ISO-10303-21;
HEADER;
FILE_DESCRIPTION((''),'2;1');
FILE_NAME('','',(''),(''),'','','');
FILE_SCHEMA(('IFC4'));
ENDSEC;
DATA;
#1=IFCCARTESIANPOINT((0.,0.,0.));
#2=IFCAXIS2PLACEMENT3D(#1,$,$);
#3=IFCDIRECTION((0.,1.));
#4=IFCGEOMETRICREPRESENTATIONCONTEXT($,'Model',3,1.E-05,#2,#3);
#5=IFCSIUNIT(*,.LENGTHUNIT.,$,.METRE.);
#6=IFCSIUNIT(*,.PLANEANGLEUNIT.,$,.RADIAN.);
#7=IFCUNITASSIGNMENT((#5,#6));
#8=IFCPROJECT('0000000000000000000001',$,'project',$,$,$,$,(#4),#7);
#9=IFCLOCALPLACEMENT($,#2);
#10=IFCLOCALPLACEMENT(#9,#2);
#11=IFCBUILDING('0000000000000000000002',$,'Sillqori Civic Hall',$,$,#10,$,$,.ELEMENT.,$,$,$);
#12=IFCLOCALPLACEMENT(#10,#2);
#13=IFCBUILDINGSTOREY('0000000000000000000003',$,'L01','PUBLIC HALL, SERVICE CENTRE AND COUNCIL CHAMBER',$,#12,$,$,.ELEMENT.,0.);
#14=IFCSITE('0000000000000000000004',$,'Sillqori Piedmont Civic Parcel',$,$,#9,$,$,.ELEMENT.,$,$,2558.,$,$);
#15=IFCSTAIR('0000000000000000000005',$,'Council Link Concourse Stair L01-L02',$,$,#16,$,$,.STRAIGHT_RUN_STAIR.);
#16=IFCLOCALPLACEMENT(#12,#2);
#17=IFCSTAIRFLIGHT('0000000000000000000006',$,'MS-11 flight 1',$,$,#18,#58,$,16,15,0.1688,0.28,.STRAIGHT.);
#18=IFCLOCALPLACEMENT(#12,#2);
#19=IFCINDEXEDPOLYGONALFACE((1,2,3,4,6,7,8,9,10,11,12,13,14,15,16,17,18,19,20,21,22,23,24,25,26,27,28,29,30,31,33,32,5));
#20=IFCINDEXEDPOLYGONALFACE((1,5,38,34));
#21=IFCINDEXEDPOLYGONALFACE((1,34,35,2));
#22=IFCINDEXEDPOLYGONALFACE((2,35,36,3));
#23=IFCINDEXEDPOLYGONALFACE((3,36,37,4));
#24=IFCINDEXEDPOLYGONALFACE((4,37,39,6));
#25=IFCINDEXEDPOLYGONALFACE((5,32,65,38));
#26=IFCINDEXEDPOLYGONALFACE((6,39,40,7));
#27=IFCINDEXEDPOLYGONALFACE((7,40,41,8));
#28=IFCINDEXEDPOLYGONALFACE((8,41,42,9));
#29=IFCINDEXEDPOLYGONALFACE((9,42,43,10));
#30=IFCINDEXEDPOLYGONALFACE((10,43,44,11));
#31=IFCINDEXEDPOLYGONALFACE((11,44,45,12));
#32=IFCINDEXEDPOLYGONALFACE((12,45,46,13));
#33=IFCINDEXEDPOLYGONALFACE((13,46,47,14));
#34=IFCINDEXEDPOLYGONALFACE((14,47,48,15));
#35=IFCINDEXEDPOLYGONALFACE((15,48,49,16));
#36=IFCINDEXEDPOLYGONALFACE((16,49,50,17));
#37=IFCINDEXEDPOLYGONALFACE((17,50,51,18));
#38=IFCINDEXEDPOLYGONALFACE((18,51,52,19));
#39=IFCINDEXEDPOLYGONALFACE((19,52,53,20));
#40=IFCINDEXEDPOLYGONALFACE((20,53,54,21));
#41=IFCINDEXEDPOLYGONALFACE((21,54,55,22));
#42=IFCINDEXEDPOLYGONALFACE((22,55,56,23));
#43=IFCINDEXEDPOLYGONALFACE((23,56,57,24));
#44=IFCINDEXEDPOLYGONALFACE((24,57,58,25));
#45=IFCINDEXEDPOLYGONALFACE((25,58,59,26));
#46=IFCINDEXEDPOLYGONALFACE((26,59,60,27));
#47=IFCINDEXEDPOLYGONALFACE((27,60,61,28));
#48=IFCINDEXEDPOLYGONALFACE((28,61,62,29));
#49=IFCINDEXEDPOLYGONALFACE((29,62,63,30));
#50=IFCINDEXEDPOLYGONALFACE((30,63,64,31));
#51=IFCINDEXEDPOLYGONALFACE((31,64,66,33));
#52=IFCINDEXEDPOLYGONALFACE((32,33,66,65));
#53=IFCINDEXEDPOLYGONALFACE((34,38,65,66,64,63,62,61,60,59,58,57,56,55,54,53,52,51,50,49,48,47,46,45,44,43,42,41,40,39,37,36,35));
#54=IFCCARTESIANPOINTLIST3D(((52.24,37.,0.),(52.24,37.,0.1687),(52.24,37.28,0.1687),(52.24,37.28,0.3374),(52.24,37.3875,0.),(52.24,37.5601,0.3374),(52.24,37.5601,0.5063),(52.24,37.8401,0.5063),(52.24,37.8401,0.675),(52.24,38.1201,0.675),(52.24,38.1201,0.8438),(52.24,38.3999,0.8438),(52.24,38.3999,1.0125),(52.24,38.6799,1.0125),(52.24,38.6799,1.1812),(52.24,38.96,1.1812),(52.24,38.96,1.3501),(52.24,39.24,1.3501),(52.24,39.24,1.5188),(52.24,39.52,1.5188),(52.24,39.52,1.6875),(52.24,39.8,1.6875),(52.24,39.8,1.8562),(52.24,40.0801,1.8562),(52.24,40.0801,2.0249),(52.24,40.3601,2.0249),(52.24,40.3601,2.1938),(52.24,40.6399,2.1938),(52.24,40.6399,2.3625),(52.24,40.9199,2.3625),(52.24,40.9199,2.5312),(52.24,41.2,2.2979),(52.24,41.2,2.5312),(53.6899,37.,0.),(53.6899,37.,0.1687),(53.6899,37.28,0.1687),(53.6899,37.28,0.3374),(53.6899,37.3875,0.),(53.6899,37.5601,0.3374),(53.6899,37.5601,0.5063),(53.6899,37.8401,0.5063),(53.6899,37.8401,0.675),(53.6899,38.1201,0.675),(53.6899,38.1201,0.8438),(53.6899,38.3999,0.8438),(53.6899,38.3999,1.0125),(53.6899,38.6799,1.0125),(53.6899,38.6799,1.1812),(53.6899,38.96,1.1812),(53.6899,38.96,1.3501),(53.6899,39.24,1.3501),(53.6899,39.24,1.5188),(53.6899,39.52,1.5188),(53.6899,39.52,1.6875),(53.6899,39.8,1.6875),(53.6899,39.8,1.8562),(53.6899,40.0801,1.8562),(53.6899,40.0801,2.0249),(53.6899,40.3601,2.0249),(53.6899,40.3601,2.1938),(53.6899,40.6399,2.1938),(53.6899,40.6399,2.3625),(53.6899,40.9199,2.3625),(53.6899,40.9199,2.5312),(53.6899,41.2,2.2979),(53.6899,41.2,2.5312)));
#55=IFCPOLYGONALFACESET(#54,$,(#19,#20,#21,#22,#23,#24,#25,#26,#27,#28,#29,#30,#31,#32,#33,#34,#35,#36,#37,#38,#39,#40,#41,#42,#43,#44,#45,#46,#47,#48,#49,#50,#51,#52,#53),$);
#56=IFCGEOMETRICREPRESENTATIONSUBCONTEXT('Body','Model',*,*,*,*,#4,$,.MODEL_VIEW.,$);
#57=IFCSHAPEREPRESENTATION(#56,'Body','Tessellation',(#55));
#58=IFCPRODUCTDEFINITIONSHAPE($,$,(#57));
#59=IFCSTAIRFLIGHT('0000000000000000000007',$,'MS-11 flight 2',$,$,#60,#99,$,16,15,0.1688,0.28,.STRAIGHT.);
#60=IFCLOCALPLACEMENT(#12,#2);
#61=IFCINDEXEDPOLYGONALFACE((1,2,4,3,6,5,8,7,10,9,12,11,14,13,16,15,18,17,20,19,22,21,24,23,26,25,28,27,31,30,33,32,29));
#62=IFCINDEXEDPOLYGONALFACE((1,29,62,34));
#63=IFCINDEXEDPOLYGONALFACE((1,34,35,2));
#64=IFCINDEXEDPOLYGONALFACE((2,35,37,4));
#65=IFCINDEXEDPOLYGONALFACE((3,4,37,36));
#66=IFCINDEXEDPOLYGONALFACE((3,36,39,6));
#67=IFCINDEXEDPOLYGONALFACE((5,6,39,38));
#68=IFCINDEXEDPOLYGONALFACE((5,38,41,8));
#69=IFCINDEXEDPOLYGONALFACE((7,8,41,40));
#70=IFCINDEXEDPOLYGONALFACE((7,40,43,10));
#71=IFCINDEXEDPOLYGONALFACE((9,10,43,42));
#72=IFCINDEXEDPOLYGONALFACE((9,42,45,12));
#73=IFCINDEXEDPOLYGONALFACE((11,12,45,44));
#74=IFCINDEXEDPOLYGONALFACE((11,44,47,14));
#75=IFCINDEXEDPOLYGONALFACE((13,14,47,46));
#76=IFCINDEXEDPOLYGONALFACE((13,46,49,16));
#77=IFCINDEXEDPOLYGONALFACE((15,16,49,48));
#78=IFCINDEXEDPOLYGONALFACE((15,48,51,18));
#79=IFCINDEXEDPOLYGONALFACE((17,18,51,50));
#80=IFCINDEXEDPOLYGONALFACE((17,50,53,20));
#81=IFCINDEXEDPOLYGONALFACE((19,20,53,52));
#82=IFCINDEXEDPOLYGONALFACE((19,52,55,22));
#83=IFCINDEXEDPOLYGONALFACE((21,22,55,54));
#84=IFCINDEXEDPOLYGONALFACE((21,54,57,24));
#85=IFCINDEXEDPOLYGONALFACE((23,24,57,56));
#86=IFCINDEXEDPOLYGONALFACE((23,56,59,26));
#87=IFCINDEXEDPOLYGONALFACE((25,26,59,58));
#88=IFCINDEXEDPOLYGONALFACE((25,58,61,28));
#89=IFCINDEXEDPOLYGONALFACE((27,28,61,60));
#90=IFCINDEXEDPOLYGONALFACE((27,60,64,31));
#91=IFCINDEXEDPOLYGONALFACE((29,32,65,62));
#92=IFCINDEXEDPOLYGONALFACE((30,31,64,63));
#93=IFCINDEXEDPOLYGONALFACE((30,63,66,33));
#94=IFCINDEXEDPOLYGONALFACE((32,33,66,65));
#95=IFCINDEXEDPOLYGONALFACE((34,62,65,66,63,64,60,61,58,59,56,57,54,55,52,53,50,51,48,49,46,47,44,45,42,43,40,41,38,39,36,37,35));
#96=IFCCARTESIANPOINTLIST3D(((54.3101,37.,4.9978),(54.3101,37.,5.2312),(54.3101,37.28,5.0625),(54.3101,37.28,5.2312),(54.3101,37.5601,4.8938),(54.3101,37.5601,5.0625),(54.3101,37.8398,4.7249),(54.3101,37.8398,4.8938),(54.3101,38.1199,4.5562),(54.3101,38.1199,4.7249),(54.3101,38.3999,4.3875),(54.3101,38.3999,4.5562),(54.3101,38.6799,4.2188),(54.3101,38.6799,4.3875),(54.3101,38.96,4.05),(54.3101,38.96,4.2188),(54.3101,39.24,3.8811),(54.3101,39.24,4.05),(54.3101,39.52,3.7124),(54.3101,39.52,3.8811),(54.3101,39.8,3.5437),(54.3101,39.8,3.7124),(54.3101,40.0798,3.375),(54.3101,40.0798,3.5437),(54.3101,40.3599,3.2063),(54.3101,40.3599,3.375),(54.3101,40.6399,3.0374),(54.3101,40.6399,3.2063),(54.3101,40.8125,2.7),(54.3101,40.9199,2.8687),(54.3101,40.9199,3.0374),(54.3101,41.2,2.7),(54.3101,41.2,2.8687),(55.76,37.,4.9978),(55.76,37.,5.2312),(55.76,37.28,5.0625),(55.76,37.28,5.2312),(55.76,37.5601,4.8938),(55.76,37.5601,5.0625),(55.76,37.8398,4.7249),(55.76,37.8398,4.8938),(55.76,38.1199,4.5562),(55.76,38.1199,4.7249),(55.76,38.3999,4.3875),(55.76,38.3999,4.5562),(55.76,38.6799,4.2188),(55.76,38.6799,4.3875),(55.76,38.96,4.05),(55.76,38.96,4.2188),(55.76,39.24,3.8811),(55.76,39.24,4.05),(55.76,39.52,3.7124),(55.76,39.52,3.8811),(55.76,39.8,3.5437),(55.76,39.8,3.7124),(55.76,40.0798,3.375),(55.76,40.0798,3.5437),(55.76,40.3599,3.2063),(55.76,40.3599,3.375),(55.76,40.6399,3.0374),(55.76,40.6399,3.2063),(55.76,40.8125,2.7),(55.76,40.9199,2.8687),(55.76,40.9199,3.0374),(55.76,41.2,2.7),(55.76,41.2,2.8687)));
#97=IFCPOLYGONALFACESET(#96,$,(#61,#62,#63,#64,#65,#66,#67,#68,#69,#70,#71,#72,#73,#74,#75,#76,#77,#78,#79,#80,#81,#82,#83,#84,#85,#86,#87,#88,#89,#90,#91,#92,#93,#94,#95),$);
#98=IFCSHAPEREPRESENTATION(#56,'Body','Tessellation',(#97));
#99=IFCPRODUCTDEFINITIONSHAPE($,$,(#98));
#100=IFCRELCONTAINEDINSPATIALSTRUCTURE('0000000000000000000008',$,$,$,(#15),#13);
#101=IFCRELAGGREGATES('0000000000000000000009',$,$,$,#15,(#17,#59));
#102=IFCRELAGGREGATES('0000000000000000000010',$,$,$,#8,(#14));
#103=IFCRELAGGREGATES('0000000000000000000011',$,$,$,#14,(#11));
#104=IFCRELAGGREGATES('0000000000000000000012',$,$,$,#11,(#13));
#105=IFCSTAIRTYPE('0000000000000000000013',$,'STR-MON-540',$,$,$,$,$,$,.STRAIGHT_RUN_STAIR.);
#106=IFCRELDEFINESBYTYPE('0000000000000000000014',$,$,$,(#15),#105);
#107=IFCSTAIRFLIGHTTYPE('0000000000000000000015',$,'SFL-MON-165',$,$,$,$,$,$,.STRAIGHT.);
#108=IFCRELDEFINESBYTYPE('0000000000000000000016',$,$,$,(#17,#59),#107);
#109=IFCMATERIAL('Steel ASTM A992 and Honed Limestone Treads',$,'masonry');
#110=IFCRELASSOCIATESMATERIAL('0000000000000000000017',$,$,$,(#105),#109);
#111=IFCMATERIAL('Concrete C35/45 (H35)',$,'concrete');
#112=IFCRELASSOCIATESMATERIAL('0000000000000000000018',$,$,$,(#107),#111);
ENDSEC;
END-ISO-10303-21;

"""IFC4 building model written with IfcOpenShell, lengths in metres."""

from ifc_helpers import new_model, si_unit, direction, frame, origin, place, context, subcontext, project, spatial, polyline, outline, extrude, material, type_object, element, aggregate, save


model = new_model("IFC4")

# Units and contexts
model_context = context("Model", 3, precision=1e-05, world=origin(), true_north=direction((0.0, 1.0)))
body_context = subcontext(model_context, "Body", "Model", "MODEL_VIEW")
ifc_project = project(units=[si_unit("LENGTHUNIT", "METRE"), si_unit("PLANEANGLEUNIT", "RADIAN")], contexts=[model_context])

# Site, building, storey
site_placement = place(None, origin())
site = spatial("IfcSite", under=ifc_project, at=site_placement, Name="Sillqori Piedmont Civic Parcel", CompositionType="ELEMENT", RefElevation=2558.0)
building_placement = place(site_placement, origin())
building = spatial("IfcBuilding", under=site, at=building_placement, Name="Sillqori Civic Hall", CompositionType="ELEMENT")
storey_placement = place(building_placement, origin())
storey = spatial("IfcBuildingStorey", under=building, at=storey_placement, Name="L01", Description="PUBLIC HALL, SERVICE CENTRE AND COUNCIL CHAMBER", CompositionType="ELEMENT", Elevation=0.0)

# Shared definitions
ifc_material_1 = material(Name="Concrete C35/45 (H35)", Category="concrete")

# Stair, stair flights
ifc_material_2 = material(Name="Steel ASTM A992 and Honed Limestone Treads", Category="masonry")
stair_type_1 = type_object("IfcStairType", Name="STR-MON-540", PredefinedType="STRAIGHT_RUN_STAIR", material=ifc_material_2)
stair_1_placement = place(storey_placement, origin())
stair_1 = element("IfcStair", 1, at=stair_1_placement, inside=storey, type_object=stair_type_1, Name="Council Link Concourse Stair L01-L02", PredefinedType="STRAIGHT_RUN_STAIR")
stair_flight_type_1 = type_object("IfcStairFlightType", Name="SFL-MON-165", PredefinedType="STRAIGHT", material=ifc_material_1)
stair_flight_1_placement = place(storey_placement, frame((52.9651, 37.0, 0.0), z_axis=(0.0, 0.0, 1.0), x_axis=(0.0, 1.0, 0.0)))
stair_flight_1 = element("IfcStairFlight", 2, at=stair_flight_1_placement, type_object=stair_flight_type_1, Name="MS-11 flight 1", NumberOfRisers=16, NumberOfTreads=15, PredefinedType="STRAIGHT", RiserHeight=0.1688, TreadLength=0.28, context=body_context, shape_type="SweptSolid", body=[
    extrude(outline(polyline([(0.0, 0.0), (0.0, 0.1687), (0.28, 0.1687), (0.28, 0.3374), (0.5601, 0.3374), (0.5601, 0.5063), (0.8401, 0.5063), (0.8401, 0.675), (1.1201, 0.675), (1.1201, 0.8438), (1.3999, 0.8438), (1.3999, 1.0125), (1.6799, 1.0125), (1.6799, 1.1812), (1.96, 1.1812), (1.96, 1.3501), (2.24, 1.3501), (2.24, 1.5188), (2.52, 1.5188), (2.52, 1.6875), (2.8, 1.6875), (2.8, 1.8562), (3.0801, 1.8562), (3.0801, 2.0249), (3.3601, 2.0249), (3.3601, 2.1938), (3.6399, 2.1938), (3.6399, 2.3625), (3.9199, 2.3625), (3.9199, 2.5312), (4.2, 2.5312), (4.2, 2.7), (4.2, 2.2979), (0.3875, 0.0), (0.0, 0.0)])), frame((0.0, 0.7251, 0.0), z_axis=(0.0, -1.0, 0.0), x_axis=(1.0, 0.0, 0.0)), (0.0, 0.0, 1.0), 1.45),
])
stair_flight_2_placement = place(storey_placement, frame((55.0349, 41.2, 2.7), z_axis=(0.0, 0.0, 1.0), x_axis=(0.0, -1.0, 0.0)))
stair_flight_2 = element("IfcStairFlight", 3, at=stair_flight_2_placement, type_object=stair_flight_type_1, Name="MS-11 flight 2", NumberOfRisers=16, NumberOfTreads=15, PredefinedType="STRAIGHT", RiserHeight=0.1688, TreadLength=0.28, context=body_context, shape_type="SweptSolid", body=[
    extrude(outline(polyline([(0.0, 0.0), (0.0, 0.1687), (0.28, 0.1687), (0.28, 0.3374), (0.5601, 0.3374), (0.5601, 0.5063), (0.8401, 0.5063), (0.8401, 0.675), (1.1201, 0.675), (1.1201, 0.8438), (1.3999, 0.8438), (1.3999, 1.0125), (1.6799, 1.0125), (1.6799, 1.1812), (1.96, 1.1812), (1.96, 1.3501), (2.24, 1.3501), (2.24, 1.5188), (2.52, 1.5188), (2.52, 1.6875), (2.8, 1.6875), (2.8, 1.8562), (3.0801, 1.8562), (3.0801, 2.0249), (3.3601, 2.0249), (3.3601, 2.1938), (3.6399, 2.1938), (3.6399, 2.3625), (3.9199, 2.3625), (3.9199, 2.5312), (4.2, 2.5312), (4.2, 2.7), (4.2, 2.2979), (0.3875, 0.0), (0.0, 0.0)])), frame((0.0, 0.7251, 0.0), z_axis=(0.0, -1.0, 0.0), x_axis=(1.0, 0.0, 0.0)), (0.0, 0.0, 1.0), 1.45),
])
aggregate(stair_1, [stair_flight_1, stair_flight_2])

save(model, "model.ifc")
